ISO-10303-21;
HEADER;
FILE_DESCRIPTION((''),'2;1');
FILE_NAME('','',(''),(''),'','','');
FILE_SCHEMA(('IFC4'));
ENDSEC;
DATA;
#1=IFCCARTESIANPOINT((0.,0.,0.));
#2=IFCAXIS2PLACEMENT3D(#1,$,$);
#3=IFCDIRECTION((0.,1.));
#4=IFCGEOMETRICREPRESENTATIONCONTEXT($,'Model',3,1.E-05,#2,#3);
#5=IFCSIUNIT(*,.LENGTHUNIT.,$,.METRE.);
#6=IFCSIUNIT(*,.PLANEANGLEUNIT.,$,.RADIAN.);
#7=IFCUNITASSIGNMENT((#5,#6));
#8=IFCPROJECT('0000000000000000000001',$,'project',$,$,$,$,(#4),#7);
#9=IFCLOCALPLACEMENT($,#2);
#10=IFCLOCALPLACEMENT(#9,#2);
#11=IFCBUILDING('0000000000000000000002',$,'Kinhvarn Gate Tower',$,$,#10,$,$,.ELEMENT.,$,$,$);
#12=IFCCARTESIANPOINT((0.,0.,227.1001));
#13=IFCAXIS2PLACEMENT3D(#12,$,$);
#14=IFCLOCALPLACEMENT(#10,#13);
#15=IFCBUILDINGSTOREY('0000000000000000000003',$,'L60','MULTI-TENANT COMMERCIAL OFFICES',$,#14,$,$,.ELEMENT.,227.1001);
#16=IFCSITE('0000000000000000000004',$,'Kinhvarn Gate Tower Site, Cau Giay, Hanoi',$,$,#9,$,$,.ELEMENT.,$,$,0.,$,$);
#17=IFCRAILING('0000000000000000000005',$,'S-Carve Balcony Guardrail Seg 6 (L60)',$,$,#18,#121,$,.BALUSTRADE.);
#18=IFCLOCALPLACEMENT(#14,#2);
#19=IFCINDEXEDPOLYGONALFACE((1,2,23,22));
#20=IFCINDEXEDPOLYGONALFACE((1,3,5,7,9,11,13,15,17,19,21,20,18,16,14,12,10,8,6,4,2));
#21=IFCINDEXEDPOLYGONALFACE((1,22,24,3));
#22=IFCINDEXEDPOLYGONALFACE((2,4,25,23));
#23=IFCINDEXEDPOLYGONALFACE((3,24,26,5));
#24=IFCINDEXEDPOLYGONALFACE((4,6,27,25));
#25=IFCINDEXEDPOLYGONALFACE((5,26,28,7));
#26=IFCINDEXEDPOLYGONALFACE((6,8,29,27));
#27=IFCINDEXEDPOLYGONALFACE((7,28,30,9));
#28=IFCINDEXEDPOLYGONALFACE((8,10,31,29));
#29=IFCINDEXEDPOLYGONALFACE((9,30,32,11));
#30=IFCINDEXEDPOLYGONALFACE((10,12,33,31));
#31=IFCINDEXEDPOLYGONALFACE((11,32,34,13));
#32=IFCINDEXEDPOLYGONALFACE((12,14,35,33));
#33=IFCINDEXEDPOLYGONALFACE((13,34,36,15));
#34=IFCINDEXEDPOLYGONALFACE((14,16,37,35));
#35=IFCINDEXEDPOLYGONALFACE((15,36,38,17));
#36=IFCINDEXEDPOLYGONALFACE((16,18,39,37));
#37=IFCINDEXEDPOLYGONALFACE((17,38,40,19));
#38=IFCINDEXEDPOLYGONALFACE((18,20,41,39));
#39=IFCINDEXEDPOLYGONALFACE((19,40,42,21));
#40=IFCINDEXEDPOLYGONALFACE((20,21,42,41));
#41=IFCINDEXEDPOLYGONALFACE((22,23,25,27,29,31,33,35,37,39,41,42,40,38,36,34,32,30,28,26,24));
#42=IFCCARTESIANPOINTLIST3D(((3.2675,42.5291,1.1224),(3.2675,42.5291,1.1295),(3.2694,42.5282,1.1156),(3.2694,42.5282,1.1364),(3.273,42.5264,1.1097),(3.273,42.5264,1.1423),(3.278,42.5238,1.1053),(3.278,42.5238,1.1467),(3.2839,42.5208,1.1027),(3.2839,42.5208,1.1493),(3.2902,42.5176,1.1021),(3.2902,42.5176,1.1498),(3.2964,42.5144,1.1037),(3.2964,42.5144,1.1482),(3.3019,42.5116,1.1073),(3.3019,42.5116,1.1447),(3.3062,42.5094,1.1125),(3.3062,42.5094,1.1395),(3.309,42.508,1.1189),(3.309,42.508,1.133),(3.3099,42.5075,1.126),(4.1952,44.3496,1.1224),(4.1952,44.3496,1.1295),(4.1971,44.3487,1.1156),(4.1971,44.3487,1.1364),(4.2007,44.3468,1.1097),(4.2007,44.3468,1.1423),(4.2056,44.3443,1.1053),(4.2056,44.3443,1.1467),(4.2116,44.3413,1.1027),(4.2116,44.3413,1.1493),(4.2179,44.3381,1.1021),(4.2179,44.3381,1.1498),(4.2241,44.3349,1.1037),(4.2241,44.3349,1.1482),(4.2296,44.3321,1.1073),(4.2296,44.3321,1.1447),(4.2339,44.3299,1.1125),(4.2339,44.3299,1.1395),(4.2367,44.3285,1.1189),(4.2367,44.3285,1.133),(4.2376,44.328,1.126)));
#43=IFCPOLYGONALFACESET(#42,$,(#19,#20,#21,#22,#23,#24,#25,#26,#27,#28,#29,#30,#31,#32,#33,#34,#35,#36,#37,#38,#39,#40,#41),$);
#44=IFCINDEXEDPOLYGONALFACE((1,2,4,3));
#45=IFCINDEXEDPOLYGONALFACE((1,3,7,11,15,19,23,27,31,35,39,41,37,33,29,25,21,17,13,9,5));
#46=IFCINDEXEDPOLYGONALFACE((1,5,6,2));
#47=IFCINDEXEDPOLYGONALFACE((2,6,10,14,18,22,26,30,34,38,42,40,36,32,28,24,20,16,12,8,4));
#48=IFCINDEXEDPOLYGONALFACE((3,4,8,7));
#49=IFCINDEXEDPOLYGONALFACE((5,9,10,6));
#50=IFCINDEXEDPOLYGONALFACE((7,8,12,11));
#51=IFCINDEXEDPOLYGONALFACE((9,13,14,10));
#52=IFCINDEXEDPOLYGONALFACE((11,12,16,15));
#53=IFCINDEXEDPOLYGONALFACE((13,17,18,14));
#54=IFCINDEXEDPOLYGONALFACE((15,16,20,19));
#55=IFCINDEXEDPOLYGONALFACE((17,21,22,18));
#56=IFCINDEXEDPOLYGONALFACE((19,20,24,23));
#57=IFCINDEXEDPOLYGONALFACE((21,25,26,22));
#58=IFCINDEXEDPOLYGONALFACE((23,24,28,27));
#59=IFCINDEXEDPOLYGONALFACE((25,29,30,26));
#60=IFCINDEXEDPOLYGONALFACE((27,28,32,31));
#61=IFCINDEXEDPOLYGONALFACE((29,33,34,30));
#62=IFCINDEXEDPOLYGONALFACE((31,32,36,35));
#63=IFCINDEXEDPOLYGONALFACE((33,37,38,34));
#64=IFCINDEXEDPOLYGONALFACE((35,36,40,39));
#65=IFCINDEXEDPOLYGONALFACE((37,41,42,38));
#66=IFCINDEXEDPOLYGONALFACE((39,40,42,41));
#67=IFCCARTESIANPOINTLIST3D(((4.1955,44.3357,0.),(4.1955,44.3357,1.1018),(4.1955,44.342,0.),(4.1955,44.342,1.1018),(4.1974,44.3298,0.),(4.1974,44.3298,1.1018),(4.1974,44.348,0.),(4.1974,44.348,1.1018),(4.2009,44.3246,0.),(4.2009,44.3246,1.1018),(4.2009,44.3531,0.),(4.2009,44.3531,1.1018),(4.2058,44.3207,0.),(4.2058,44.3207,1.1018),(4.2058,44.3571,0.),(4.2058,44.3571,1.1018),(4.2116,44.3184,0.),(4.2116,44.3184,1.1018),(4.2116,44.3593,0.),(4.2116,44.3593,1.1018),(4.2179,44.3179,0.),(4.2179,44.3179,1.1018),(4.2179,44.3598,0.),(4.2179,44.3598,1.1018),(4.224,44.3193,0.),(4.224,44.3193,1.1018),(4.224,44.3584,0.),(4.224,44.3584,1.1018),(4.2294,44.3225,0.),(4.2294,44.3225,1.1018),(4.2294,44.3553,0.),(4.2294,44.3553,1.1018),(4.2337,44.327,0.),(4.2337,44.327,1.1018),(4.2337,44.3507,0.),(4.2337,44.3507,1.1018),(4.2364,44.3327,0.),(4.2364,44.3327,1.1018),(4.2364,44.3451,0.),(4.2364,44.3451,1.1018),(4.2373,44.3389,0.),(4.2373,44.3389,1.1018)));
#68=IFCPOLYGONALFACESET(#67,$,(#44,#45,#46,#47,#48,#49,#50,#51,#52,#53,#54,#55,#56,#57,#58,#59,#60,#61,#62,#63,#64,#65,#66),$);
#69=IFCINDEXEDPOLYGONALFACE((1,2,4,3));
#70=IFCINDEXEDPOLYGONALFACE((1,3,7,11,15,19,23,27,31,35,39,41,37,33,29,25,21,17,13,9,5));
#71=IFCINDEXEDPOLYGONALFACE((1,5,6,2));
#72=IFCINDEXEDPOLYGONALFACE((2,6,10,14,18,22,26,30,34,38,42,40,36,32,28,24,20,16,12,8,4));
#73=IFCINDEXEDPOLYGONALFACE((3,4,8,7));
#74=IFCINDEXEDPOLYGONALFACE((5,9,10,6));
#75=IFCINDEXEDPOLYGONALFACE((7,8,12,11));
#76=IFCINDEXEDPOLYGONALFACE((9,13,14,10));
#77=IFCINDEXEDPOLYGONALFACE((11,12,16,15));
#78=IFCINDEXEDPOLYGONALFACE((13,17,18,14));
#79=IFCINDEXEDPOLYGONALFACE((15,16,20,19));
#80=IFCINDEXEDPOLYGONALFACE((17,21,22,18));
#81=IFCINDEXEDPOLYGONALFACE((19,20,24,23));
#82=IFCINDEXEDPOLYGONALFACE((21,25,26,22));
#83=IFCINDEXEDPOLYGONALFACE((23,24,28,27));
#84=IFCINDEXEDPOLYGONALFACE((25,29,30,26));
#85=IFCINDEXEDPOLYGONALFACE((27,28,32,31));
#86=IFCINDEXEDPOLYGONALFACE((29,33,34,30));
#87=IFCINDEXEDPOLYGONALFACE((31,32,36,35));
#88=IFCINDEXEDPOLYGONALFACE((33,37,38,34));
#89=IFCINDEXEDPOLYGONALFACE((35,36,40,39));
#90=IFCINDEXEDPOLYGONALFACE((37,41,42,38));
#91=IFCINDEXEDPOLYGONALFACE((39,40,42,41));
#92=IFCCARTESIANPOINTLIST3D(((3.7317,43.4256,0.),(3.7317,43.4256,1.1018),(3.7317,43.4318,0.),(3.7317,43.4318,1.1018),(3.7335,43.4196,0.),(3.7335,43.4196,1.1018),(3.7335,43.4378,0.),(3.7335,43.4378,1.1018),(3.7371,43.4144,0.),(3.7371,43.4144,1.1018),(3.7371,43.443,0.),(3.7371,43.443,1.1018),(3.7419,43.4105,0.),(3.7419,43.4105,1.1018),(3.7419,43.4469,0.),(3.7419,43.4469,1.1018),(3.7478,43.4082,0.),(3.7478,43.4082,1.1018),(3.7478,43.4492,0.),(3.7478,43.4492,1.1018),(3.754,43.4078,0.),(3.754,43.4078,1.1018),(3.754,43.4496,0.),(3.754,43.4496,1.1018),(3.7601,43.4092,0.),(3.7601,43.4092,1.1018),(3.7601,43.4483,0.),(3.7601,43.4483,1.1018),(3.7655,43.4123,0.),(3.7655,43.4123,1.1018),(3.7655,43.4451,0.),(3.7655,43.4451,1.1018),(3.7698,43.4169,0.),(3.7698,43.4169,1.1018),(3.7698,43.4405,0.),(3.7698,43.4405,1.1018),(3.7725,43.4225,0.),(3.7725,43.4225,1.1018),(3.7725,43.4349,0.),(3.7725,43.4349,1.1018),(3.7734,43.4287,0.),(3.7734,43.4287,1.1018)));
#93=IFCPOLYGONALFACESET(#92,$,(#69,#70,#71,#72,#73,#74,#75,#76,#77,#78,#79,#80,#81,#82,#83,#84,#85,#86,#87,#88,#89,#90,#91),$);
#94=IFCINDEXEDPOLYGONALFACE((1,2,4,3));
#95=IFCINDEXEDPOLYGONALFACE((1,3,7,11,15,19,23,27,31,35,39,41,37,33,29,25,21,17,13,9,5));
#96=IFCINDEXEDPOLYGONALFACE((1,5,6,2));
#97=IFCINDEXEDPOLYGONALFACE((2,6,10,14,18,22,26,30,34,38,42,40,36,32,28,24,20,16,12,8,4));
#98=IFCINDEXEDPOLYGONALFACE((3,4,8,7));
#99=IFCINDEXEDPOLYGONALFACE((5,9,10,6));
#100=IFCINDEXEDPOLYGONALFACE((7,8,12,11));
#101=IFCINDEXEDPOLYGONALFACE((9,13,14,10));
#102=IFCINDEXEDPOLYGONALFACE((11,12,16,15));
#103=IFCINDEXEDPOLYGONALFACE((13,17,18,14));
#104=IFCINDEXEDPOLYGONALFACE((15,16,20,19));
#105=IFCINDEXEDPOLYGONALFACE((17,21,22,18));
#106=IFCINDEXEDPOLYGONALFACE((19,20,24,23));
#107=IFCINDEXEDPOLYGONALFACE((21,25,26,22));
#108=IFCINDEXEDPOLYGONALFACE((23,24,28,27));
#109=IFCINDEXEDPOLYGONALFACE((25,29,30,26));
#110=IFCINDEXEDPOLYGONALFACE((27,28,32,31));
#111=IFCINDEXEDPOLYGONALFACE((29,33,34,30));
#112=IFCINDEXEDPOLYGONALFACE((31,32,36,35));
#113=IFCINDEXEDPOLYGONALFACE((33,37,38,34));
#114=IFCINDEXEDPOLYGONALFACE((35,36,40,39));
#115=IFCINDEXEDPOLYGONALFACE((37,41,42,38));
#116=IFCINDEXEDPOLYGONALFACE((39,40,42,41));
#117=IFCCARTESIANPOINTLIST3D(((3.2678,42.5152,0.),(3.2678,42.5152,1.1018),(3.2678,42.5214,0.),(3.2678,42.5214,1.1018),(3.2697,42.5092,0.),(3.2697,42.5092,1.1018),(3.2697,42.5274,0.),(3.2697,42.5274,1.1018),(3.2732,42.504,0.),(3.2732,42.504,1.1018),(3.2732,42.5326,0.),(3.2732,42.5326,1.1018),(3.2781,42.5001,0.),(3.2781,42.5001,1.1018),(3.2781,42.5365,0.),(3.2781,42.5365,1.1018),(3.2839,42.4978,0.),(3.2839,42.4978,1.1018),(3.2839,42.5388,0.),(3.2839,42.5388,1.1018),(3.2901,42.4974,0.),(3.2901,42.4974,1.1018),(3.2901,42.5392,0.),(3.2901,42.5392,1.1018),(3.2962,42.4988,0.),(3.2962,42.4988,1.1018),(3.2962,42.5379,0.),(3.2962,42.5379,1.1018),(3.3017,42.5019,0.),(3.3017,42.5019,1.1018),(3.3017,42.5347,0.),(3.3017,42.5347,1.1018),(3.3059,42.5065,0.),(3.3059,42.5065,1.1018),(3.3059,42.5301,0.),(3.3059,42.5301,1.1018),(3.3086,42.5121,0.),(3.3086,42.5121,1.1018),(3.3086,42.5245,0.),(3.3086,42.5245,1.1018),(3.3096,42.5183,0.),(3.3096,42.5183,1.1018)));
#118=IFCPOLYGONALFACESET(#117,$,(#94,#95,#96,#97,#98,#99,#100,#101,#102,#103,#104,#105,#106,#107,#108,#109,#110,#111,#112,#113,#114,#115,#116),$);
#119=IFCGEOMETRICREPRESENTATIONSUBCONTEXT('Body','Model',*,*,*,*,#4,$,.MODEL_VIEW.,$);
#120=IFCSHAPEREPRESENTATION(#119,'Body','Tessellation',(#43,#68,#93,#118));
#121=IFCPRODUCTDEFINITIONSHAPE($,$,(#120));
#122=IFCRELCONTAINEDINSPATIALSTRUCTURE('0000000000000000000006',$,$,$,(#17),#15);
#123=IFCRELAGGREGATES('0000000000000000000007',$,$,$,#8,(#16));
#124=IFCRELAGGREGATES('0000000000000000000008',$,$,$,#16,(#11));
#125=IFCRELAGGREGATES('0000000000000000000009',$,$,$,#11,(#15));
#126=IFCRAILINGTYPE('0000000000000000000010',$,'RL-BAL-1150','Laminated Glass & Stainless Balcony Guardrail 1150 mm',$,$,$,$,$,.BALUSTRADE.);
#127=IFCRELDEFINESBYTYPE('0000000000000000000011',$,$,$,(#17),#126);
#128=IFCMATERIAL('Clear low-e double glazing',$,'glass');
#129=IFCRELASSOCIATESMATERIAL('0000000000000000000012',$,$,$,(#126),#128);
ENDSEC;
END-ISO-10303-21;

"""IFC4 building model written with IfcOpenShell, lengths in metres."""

from ifc_helpers import new_model, si_unit, direction, frame, origin, origin_2d, place, context, subcontext, project, spatial, circle, extrude, material, type_object, element, save


model = new_model("IFC4")

# Units and contexts
model_context = context("Model", 3, precision=1e-05, world=origin(), true_north=direction((0.0, 1.0)))
body_context = subcontext(model_context, "Body", "Model", "MODEL_VIEW")
ifc_project = project(units=[si_unit("LENGTHUNIT", "METRE"), si_unit("PLANEANGLEUNIT", "RADIAN")], contexts=[model_context])

# Site, building, storey
site_placement = place(None, origin())
site = spatial("IfcSite", under=ifc_project, at=site_placement, Name="Kinhvarn Gate Tower Site, Cau Giay, Hanoi", CompositionType="ELEMENT", RefElevation=0.0)
building_placement = place(site_placement, origin())
building = spatial("IfcBuilding", under=site, at=building_placement, Name="Kinhvarn Gate Tower", CompositionType="ELEMENT")
storey_placement = place(building_placement, frame((0.0, 0.0, 227.1001)))
storey = spatial("IfcBuildingStorey", under=building, at=storey_placement, Name="L60", Description="MULTI-TENANT COMMERCIAL OFFICES", CompositionType="ELEMENT", Elevation=227.1001)

# Shared definitions
ifc_material_1 = material(Name="Clear low-e double glazing", Category="glass")

# Railing
railing_type = type_object("IfcRailingType", Name="RL-BAL-1150", Description="Laminated Glass & Stainless Balcony Guardrail 1150 mm", PredefinedType="BALUSTRADE", material=ifc_material_1)
railing_1_placement = place(storey_placement, frame((4.2163, 44.3389, 0.0)))
element("IfcRailing", 1, at=railing_1_placement, inside=storey, type_object=railing_type, Name="S-Carve Balcony Guardrail Seg 6 (L60)", PredefinedType="BALUSTRADE", context=body_context, shape_type="SweptSolid", body=[
    extrude(circle(Radius=0.0239, at=origin_2d()), frame((0.0, 0.0, 1.126), z_axis=(-0.454035, -0.890984, 0.0), x_axis=(0.890984, -0.454035, 0.0)), (0.0, 0.0, 1.0), 2.0432),
    extrude(circle(Radius=0.021, at=origin_2d()), origin(), (0.0, 0.0, 1.0), 1.1018),
    extrude(circle(Radius=0.021, at=origin_2d()), frame((-0.4639, -0.9102, 0.0)), (0.0, 0.0, 1.0), 1.1018),
    extrude(circle(Radius=0.021, at=origin_2d()), frame((-0.9277, -1.8206, 0.0)), (0.0, 0.0, 1.0), 1.1018),
])

save(model, "model.ifc")
